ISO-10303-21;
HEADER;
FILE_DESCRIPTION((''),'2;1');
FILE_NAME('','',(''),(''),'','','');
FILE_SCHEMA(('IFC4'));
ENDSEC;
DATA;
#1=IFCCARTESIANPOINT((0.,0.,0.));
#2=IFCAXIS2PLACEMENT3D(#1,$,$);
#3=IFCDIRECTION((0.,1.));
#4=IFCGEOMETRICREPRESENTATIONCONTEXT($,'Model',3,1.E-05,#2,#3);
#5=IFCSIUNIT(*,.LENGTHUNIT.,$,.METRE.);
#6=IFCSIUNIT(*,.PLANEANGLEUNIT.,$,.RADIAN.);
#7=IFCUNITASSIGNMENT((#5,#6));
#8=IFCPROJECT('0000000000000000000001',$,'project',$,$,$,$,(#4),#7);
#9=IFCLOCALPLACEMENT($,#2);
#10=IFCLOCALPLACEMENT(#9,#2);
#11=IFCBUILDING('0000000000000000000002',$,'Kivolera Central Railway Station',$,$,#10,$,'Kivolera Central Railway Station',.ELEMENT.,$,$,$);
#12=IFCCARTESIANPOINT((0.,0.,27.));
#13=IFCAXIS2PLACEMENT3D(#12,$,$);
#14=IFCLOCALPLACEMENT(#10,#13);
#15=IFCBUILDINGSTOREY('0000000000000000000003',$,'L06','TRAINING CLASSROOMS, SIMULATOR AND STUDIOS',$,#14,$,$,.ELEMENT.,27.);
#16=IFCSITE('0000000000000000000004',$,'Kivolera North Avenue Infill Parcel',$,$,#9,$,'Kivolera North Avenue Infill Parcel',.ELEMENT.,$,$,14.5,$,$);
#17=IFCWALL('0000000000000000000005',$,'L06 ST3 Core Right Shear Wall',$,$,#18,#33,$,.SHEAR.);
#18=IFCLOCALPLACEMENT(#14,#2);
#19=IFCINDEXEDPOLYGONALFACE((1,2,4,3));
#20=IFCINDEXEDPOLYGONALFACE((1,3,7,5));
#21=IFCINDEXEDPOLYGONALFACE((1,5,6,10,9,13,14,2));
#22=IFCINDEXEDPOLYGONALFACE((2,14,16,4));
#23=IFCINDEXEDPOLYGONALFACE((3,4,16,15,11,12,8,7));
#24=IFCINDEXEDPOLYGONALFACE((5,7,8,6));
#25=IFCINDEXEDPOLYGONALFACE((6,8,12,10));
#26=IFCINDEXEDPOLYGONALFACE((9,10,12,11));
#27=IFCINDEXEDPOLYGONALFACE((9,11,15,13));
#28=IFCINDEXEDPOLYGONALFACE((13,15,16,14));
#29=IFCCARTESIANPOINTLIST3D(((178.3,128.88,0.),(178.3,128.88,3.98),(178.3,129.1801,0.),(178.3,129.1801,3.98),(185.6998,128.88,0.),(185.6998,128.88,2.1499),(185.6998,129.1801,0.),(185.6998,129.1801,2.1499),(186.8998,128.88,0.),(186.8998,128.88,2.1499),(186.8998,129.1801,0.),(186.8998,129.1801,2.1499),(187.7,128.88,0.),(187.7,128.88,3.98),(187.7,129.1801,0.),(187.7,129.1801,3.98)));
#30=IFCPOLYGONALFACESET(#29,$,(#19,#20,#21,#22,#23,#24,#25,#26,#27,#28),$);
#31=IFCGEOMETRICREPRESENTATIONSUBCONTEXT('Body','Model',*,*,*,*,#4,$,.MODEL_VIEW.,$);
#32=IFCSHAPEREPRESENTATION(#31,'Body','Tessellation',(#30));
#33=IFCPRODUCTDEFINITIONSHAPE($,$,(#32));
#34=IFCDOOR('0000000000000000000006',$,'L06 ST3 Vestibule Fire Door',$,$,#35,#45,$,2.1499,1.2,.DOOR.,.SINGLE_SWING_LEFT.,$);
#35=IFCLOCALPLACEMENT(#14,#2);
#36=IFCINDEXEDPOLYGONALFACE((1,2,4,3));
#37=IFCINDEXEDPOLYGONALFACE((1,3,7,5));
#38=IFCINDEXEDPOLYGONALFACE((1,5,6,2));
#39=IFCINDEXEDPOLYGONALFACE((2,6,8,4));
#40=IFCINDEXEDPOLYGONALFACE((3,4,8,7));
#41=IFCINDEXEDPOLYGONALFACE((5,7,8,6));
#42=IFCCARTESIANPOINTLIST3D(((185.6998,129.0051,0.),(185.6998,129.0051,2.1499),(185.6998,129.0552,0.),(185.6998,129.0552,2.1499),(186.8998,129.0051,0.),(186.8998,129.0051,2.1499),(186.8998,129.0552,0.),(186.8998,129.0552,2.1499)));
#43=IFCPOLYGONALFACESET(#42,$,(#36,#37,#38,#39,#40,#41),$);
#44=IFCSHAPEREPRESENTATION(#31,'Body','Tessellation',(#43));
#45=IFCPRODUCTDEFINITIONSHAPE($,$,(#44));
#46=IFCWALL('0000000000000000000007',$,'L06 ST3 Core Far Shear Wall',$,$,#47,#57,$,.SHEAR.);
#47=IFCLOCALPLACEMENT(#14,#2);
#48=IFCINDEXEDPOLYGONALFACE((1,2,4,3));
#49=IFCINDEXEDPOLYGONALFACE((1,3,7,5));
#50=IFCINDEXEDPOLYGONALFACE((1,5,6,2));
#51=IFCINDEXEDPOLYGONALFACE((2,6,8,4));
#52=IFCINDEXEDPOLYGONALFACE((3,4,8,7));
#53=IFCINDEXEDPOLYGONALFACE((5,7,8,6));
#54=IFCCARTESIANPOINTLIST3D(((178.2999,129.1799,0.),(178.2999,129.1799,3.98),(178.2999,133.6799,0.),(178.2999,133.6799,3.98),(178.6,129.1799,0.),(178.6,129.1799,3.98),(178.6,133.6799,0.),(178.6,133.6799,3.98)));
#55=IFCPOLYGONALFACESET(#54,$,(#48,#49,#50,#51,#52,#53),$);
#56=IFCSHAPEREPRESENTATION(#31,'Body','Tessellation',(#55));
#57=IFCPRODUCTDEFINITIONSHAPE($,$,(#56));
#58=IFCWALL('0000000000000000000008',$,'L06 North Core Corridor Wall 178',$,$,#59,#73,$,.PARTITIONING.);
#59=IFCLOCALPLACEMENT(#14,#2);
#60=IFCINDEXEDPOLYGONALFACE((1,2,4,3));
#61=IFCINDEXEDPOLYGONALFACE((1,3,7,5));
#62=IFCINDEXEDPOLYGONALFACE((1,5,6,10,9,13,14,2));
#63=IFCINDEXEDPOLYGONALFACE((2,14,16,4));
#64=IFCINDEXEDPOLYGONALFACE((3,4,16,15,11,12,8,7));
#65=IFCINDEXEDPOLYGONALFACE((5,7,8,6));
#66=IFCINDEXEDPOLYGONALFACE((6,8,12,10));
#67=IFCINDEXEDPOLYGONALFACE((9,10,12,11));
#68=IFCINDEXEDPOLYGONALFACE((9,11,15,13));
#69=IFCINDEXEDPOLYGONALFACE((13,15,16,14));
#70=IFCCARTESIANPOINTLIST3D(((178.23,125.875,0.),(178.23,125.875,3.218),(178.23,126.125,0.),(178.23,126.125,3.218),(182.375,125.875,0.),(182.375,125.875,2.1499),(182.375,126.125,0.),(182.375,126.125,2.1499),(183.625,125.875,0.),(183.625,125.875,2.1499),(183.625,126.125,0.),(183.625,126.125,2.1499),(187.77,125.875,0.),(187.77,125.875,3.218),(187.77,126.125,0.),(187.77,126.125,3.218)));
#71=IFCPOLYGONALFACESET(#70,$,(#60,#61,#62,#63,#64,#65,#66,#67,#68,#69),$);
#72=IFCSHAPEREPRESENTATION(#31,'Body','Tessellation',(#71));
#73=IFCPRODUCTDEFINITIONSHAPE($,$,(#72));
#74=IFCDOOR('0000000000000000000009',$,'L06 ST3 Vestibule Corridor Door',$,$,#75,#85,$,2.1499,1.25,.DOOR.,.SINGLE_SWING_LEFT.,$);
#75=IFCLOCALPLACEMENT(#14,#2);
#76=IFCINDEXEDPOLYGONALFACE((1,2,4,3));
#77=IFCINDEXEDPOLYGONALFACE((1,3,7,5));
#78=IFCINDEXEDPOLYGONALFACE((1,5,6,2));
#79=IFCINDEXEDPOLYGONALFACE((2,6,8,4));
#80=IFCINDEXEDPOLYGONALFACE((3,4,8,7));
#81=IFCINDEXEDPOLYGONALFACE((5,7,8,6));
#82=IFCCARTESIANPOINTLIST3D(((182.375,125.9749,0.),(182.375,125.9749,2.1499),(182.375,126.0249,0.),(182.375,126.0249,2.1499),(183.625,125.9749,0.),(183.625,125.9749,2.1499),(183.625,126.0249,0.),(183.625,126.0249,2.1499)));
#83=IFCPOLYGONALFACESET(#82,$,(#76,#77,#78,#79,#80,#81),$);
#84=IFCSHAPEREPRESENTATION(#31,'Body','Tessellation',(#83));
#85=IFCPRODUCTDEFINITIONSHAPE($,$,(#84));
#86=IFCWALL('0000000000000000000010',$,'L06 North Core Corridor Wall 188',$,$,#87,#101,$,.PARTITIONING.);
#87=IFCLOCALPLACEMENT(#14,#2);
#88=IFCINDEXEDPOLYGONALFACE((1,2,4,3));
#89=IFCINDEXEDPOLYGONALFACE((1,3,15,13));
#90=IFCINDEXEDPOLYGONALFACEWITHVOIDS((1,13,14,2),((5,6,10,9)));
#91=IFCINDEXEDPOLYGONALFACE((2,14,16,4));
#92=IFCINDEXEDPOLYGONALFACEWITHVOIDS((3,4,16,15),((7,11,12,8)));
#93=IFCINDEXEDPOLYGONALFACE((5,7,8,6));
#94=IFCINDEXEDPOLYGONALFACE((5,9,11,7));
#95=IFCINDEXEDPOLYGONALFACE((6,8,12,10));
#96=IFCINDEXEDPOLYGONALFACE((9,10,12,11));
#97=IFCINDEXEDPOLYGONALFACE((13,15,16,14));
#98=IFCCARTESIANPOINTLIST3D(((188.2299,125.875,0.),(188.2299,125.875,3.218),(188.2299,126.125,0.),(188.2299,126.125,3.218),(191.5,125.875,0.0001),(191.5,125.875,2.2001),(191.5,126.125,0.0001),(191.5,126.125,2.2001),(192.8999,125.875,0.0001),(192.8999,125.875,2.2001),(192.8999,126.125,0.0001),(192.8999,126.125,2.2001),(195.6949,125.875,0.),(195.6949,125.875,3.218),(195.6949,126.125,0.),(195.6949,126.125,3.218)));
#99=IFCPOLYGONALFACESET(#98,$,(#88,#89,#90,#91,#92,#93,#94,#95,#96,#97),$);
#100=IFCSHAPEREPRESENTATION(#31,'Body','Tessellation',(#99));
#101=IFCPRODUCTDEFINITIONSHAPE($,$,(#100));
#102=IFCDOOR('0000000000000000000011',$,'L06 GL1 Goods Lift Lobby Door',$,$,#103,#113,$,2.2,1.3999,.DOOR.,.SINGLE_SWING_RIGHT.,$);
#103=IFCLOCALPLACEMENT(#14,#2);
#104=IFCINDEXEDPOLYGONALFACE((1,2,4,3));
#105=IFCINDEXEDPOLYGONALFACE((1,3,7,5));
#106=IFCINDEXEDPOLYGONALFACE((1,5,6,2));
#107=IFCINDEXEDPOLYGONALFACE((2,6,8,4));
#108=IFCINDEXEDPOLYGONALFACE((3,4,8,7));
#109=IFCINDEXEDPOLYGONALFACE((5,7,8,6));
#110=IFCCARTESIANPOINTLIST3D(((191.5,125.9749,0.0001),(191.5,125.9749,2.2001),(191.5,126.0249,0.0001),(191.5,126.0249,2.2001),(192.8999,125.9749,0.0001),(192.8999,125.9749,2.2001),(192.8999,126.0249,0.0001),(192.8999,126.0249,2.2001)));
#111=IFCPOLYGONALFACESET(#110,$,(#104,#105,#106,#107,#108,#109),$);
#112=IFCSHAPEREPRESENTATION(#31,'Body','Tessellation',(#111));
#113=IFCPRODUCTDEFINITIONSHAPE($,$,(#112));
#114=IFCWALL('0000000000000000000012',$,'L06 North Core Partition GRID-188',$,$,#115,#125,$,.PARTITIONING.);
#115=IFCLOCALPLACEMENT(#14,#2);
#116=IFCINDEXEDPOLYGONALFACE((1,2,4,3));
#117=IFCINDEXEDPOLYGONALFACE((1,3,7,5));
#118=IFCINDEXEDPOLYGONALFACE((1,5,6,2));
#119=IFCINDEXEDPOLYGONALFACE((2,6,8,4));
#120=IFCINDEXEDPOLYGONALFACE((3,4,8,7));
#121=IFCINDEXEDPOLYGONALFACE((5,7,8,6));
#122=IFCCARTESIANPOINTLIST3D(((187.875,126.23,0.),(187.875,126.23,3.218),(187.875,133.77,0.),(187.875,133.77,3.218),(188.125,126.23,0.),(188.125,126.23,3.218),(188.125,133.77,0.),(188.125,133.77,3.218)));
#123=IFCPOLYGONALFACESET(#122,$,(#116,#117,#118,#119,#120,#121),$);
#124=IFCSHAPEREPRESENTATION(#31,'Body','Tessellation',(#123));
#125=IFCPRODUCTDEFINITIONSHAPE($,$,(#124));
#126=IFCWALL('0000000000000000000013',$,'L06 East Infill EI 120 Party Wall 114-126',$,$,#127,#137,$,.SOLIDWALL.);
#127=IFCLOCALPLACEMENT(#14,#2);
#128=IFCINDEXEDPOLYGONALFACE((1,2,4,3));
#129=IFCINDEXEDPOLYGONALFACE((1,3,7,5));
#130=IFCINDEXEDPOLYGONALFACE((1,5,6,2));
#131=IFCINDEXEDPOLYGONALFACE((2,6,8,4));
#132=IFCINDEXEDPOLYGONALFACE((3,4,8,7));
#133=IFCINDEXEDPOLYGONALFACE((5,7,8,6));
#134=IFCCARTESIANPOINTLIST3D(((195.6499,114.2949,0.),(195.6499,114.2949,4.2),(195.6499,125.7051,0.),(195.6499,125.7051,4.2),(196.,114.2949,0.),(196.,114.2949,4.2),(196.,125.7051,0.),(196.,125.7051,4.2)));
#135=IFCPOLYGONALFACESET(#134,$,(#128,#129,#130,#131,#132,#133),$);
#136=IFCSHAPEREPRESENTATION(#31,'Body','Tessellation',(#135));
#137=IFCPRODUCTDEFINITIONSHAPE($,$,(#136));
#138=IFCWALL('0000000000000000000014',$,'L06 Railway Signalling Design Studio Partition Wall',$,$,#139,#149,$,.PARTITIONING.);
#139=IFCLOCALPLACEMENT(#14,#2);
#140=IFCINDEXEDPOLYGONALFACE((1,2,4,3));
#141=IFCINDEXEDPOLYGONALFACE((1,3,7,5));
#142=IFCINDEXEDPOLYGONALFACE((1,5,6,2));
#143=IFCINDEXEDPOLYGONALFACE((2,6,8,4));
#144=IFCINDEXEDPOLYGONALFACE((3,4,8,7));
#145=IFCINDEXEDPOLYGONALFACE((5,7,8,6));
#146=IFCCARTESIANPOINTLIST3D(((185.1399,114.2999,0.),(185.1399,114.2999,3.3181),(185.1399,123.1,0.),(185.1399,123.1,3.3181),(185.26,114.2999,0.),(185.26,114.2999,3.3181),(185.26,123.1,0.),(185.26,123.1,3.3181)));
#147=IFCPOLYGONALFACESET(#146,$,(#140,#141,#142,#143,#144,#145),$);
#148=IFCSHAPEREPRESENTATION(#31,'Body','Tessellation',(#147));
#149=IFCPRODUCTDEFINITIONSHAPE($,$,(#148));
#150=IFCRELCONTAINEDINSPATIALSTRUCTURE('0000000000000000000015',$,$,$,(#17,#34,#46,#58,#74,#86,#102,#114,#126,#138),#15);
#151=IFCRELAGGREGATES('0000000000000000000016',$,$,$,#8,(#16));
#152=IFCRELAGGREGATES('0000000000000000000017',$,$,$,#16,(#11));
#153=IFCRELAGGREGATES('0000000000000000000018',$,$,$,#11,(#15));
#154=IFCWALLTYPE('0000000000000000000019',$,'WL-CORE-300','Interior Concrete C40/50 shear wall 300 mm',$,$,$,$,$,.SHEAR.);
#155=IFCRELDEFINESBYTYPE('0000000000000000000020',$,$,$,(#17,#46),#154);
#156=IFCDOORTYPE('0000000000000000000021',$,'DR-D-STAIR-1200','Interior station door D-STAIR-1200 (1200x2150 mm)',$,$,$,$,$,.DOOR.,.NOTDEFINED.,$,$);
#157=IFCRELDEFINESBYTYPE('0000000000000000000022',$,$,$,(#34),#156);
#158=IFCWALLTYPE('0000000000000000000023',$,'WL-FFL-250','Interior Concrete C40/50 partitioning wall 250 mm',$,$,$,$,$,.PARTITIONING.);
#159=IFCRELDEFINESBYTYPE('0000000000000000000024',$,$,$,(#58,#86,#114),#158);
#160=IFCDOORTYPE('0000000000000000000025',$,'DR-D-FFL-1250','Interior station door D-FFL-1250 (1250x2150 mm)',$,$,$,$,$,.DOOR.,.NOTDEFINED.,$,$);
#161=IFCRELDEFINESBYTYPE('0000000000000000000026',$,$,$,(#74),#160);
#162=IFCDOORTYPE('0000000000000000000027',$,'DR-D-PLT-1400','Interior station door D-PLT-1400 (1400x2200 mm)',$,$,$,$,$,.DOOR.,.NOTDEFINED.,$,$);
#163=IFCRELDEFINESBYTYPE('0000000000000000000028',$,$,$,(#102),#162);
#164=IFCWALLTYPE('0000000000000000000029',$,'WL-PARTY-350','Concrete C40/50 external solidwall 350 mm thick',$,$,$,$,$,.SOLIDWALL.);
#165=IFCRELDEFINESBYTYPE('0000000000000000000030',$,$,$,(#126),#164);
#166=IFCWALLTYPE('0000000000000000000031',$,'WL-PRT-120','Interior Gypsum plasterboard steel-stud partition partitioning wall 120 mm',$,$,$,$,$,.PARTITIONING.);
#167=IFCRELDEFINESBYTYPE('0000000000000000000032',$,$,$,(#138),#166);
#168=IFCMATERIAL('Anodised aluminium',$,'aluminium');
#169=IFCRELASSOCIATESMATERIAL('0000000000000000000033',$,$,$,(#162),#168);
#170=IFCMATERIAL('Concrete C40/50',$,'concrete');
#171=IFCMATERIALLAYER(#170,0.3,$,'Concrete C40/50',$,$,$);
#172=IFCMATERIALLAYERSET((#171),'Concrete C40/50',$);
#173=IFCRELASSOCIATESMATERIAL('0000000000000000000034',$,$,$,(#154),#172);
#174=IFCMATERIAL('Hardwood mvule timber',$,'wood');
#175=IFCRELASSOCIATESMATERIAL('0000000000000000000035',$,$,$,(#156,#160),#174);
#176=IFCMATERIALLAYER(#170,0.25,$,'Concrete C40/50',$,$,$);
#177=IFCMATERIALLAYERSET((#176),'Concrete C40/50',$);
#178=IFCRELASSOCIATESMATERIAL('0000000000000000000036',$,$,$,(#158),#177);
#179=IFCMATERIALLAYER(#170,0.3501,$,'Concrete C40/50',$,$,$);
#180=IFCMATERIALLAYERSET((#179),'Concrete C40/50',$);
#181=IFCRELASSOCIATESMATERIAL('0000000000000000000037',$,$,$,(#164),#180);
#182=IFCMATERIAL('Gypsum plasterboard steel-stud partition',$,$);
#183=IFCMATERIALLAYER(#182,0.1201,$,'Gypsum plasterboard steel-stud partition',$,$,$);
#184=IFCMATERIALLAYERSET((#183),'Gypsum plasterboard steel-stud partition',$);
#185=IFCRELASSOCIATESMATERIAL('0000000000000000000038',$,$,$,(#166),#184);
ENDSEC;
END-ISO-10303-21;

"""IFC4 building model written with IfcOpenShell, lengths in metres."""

from ifc_helpers import new_model, si_unit, direction, frame, frame_2d, origin, place, context, subcontext, project, spatial, rectangle, extrude, material, layer, layer_set, type_object, element, fill, save


model = new_model("IFC4")

# Units and contexts
model_context = context("Model", 3, precision=1e-05, world=origin(), true_north=direction((0.0, 1.0)))
body_context = subcontext(model_context, "Body", "Model", "MODEL_VIEW")
ifc_project = project(units=[si_unit("LENGTHUNIT", "METRE"), si_unit("PLANEANGLEUNIT", "RADIAN")], contexts=[model_context])

# Site, building, storey
site_placement = place(None, origin())
site = spatial("IfcSite", under=ifc_project, at=site_placement, Name="Kivolera North Avenue Infill Parcel", LongName="Kivolera North Avenue Infill Parcel", CompositionType="ELEMENT", RefElevation=14.5)
building_placement = place(site_placement, origin())
building = spatial("IfcBuilding", under=site, at=building_placement, Name="Kivolera Central Railway Station", LongName="Kivolera Central Railway Station", CompositionType="ELEMENT")
storey_placement = place(building_placement, frame((0.0, 0.0, 27.0)))
storey = spatial("IfcBuildingStorey", under=building, at=storey_placement, Name="L06", Description="TRAINING CLASSROOMS, SIMULATOR AND STUDIOS", CompositionType="ELEMENT", Elevation=27.0)

# Shared definitions
ifc_material_1 = material(Name="Concrete C40/50", Category="concrete")

# Wall, opening, door
ifc_material_2 = material(Name="Anodised aluminium", Category="aluminium")
door_type_1 = type_object("IfcDoorType", Name="DR-D-PLT-1400", Description="Interior station door D-PLT-1400 (1400x2200 mm)", OperationType="NOTDEFINED", PredefinedType="DOOR", material=ifc_material_2)
ifc_layer_1 = layer(ifc_material_1, 0.3, Name="Concrete C40/50")
ifc_layer_set_1 = layer_set([ifc_layer_1], Name="Concrete C40/50")
wall_type_1 = type_object("IfcWallType", Name="WL-CORE-300", Description="Interior Concrete C40/50 shear wall 300 mm", PredefinedType="SHEAR", material=ifc_layer_set_1)
wall_1_placement = place(storey_placement, frame((187.7, 129.03, 0.0), z_axis=(0.0, 0.0, 1.0), x_axis=(-1.0, 0.0, 0.0)))
wall_1 = element("IfcWall", 1, at=wall_1_placement, inside=storey, type_object=wall_type_1, Name="L06 ST3 Core Right Shear Wall", PredefinedType="SHEAR", context=body_context, shape_type="SweptSolid", body=[
    extrude(rectangle(XDim=9.3999, YDim=0.3, at=frame_2d((4.7, 0.0))), origin(), (0.0, 0.0, 1.0), 3.98),
])
opening_1_placement = place(wall_1_placement, frame((0.8, 0.0, 0.0)))
opening_1 = element("IfcOpeningElement", 2, at=opening_1_placement, cuts=wall_1, PredefinedType="OPENING", context=body_context, shape_type="SweptSolid", body=[
    extrude(rectangle(XDim=1.2, YDim=2.1499, at=frame_2d((0.6001, 1.075))), frame((0.0, 0.1599, 0.0), z_axis=(0.0, -1.0, 0.0), x_axis=(1.0, 0.0, 0.0)), (0.0, 0.0, 1.0), 0.3201),
])
ifc_material_3 = material(Name="Hardwood mvule timber", Category="wood")
door_type_2 = type_object("IfcDoorType", Name="DR-D-STAIR-1200", Description="Interior station door D-STAIR-1200 (1200x2150 mm)", OperationType="NOTDEFINED", PredefinedType="DOOR", material=ifc_material_3)
door_1_placement = place(opening_1_placement, origin())
door_1 = element("IfcDoor", 3, at=door_1_placement, inside=storey, type_object=door_type_2, Name="L06 ST3 Vestibule Fire Door", OperationType="SINGLE_SWING_LEFT", OverallHeight=2.1499, OverallWidth=1.2, PredefinedType="DOOR", context=body_context, shape_type="SweptSolid", body=[
    extrude(rectangle(XDim=1.2, YDim=2.1499, at=frame_2d((0.6001, 1.075))), frame((0.0, 0.0249, 0.0), z_axis=(0.0, -1.0, 0.0), x_axis=(1.0, 0.0, 0.0)), (0.0, 0.0, 1.0), 0.05),
])
fill(opening_1, door_1)

# Wall
wall_2_placement = place(storey_placement, frame((178.45, 129.1799, 0.0), z_axis=(0.0, 0.0, 1.0), x_axis=(0.0, 1.0, 0.0)))
element("IfcWall", 4, at=wall_2_placement, inside=storey, type_object=wall_type_1, Name="L06 ST3 Core Far Shear Wall", PredefinedType="SHEAR", context=body_context, shape_type="SweptSolid", body=[
    extrude(rectangle(XDim=4.5, YDim=0.3, at=frame_2d((2.25, 0.0))), origin(), (0.0, 0.0, 1.0), 3.98),
])

# Walls, openings, doors
ifc_layer_2 = layer(ifc_material_1, 0.25, Name="Concrete C40/50")
ifc_layer_set_2 = layer_set([ifc_layer_2], Name="Concrete C40/50")
wall_type_2 = type_object("IfcWallType", Name="WL-FFL-250", Description="Interior Concrete C40/50 partitioning wall 250 mm", PredefinedType="PARTITIONING", material=ifc_layer_set_2)
wall_3_placement = place(storey_placement, frame((178.23, 126.0, 0.0), z_axis=(0.0, 0.0, 1.0), x_axis=(1.0, 0.0, 0.0)))
wall_3 = element("IfcWall", 5, at=wall_3_placement, inside=storey, type_object=wall_type_2, Name="L06 North Core Corridor Wall 178", PredefinedType="PARTITIONING", context=body_context, shape_type="SweptSolid", body=[
    extrude(rectangle(XDim=9.54, YDim=0.25, at=frame_2d((4.77, 0.0))), origin(), (0.0, 0.0, 1.0), 3.218),
])
opening_2_placement = place(wall_3_placement, frame((4.145, 0.0, 0.0)))
opening_2 = element("IfcOpeningElement", 6, at=opening_2_placement, cuts=wall_3, PredefinedType="OPENING", context=body_context, shape_type="SweptSolid", body=[
    extrude(rectangle(XDim=1.25, YDim=2.1499, at=frame_2d((0.625, 1.075))), frame((0.0, 0.135, 0.0), z_axis=(0.0, -1.0, 0.0), x_axis=(1.0, 0.0, 0.0)), (0.0, 0.0, 1.0), 0.27),
])
door_type_3 = type_object("IfcDoorType", Name="DR-D-FFL-1250", Description="Interior station door D-FFL-1250 (1250x2150 mm)", OperationType="NOTDEFINED", PredefinedType="DOOR", material=ifc_material_3)
door_2_placement = place(opening_2_placement, origin())
door_2 = element("IfcDoor", 7, at=door_2_placement, inside=storey, type_object=door_type_3, Name="L06 ST3 Vestibule Corridor Door", OperationType="SINGLE_SWING_LEFT", OverallHeight=2.1499, OverallWidth=1.25, PredefinedType="DOOR", context=body_context, shape_type="SweptSolid", body=[
    extrude(rectangle(XDim=1.25, YDim=2.1499, at=frame_2d((0.625, 1.075))), frame((0.0, 0.0249, 0.0), z_axis=(0.0, -1.0, 0.0), x_axis=(1.0, 0.0, 0.0)), (0.0, 0.0, 1.0), 0.05),
])
fill(opening_2, door_2)
wall_4_placement = place(storey_placement, frame((188.23, 126.0, 0.0), z_axis=(0.0, 0.0, 1.0), x_axis=(1.0, 0.0, 0.0)))
wall_4 = element("IfcWall", 8, at=wall_4_placement, inside=storey, type_object=wall_type_2, Name="L06 North Core Corridor Wall 188", PredefinedType="PARTITIONING", context=body_context, shape_type="SweptSolid", body=[
    extrude(rectangle(XDim=7.4651, YDim=0.25, at=frame_2d((3.7324, 0.0))), origin(), (0.0, 0.0, 1.0), 3.218),
])
opening_3_placement = place(wall_4_placement, frame((3.27, 0.0, 0.0)))
opening_3 = element("IfcOpeningElement", 9, at=opening_3_placement, cuts=wall_4, PredefinedType="OPENING", context=body_context, shape_type="SweptSolid", body=[
    extrude(rectangle(XDim=1.3999, YDim=2.2, at=frame_2d((0.7, 1.1001))), frame((0.0, 0.135, 0.0), z_axis=(0.0, -1.0, 0.0), x_axis=(1.0, 0.0, 0.0)), (0.0, 0.0, 1.0), 0.27),
])
door_3_placement = place(opening_3_placement, origin())
door_3 = element("IfcDoor", 10, at=door_3_placement, inside=storey, type_object=door_type_1, Name="L06 GL1 Goods Lift Lobby Door", OperationType="SINGLE_SWING_RIGHT", OverallHeight=2.2, OverallWidth=1.3999, PredefinedType="DOOR", context=body_context, shape_type="SweptSolid", body=[
    extrude(rectangle(XDim=1.3999, YDim=2.2, at=frame_2d((0.7, 1.1001))), frame((0.0, 0.0249, 0.0), z_axis=(0.0, -1.0, 0.0), x_axis=(1.0, 0.0, 0.0)), (0.0, 0.0, 1.0), 0.05),
])
fill(opening_3, door_3)

# Walls
wall_5_placement = place(storey_placement, frame((188.0, 126.23, 0.0), z_axis=(0.0, 0.0, 1.0), x_axis=(0.0, 1.0, 0.0)))
element("IfcWall", 11, at=wall_5_placement, inside=storey, type_object=wall_type_2, Name="L06 North Core Partition GRID-188", PredefinedType="PARTITIONING", context=body_context, shape_type="SweptSolid", body=[
    extrude(rectangle(XDim=7.54, YDim=0.25, at=frame_2d((3.77, 0.0))), origin(), (0.0, 0.0, 1.0), 3.218),
])
ifc_layer_3 = layer(ifc_material_1, 0.3501, Name="Concrete C40/50")
ifc_layer_set_3 = layer_set([ifc_layer_3], Name="Concrete C40/50")
wall_type_3 = type_object("IfcWallType", Name="WL-PARTY-350", Description="Concrete C40/50 external solidwall 350 mm thick", PredefinedType="SOLIDWALL", material=ifc_layer_set_3)
wall_6_placement = place(storey_placement, frame((195.825, 125.7051, 0.0), z_axis=(0.0, 0.0, 1.0), x_axis=(0.0, -1.0, 0.0)))
element("IfcWall", 12, at=wall_6_placement, inside=storey, type_object=wall_type_3, Name="L06 East Infill EI 120 Party Wall 114-126", PredefinedType="SOLIDWALL", context=body_context, shape_type="SweptSolid", body=[
    extrude(rectangle(XDim=11.4102, YDim=0.3501, at=frame_2d((5.7051, 0.0))), origin(), (0.0, 0.0, 1.0), 4.2),
])
ifc_material_4 = material(Name="Gypsum plasterboard steel-stud partition")
ifc_layer_4 = layer(ifc_material_4, 0.1201, Name="Gypsum plasterboard steel-stud partition")
ifc_layer_set_4 = layer_set([ifc_layer_4], Name="Gypsum plasterboard steel-stud partition")
wall_type_4 = type_object("IfcWallType", Name="WL-PRT-120", Description="Interior Gypsum plasterboard steel-stud partition partitioning wall 120 mm", PredefinedType="PARTITIONING", material=ifc_layer_set_4)
wall_7_placement = place(storey_placement, frame((185.2, 114.3, 0.0), z_axis=(0.0, 0.0, 1.0), x_axis=(0.0, 1.0, 0.0)))
element("IfcWall", 13, at=wall_7_placement, inside=storey, type_object=wall_type_4, Name="L06 Railway Signalling Design Studio Partition Wall", PredefinedType="PARTITIONING", context=body_context, shape_type="SweptSolid", body=[
    extrude(rectangle(XDim=8.8, YDim=0.1201, at=frame_2d((4.3999, 0.0))), origin(), (0.0, 0.0, 1.0), 3.3181),
])

save(model, "model.ifc")
